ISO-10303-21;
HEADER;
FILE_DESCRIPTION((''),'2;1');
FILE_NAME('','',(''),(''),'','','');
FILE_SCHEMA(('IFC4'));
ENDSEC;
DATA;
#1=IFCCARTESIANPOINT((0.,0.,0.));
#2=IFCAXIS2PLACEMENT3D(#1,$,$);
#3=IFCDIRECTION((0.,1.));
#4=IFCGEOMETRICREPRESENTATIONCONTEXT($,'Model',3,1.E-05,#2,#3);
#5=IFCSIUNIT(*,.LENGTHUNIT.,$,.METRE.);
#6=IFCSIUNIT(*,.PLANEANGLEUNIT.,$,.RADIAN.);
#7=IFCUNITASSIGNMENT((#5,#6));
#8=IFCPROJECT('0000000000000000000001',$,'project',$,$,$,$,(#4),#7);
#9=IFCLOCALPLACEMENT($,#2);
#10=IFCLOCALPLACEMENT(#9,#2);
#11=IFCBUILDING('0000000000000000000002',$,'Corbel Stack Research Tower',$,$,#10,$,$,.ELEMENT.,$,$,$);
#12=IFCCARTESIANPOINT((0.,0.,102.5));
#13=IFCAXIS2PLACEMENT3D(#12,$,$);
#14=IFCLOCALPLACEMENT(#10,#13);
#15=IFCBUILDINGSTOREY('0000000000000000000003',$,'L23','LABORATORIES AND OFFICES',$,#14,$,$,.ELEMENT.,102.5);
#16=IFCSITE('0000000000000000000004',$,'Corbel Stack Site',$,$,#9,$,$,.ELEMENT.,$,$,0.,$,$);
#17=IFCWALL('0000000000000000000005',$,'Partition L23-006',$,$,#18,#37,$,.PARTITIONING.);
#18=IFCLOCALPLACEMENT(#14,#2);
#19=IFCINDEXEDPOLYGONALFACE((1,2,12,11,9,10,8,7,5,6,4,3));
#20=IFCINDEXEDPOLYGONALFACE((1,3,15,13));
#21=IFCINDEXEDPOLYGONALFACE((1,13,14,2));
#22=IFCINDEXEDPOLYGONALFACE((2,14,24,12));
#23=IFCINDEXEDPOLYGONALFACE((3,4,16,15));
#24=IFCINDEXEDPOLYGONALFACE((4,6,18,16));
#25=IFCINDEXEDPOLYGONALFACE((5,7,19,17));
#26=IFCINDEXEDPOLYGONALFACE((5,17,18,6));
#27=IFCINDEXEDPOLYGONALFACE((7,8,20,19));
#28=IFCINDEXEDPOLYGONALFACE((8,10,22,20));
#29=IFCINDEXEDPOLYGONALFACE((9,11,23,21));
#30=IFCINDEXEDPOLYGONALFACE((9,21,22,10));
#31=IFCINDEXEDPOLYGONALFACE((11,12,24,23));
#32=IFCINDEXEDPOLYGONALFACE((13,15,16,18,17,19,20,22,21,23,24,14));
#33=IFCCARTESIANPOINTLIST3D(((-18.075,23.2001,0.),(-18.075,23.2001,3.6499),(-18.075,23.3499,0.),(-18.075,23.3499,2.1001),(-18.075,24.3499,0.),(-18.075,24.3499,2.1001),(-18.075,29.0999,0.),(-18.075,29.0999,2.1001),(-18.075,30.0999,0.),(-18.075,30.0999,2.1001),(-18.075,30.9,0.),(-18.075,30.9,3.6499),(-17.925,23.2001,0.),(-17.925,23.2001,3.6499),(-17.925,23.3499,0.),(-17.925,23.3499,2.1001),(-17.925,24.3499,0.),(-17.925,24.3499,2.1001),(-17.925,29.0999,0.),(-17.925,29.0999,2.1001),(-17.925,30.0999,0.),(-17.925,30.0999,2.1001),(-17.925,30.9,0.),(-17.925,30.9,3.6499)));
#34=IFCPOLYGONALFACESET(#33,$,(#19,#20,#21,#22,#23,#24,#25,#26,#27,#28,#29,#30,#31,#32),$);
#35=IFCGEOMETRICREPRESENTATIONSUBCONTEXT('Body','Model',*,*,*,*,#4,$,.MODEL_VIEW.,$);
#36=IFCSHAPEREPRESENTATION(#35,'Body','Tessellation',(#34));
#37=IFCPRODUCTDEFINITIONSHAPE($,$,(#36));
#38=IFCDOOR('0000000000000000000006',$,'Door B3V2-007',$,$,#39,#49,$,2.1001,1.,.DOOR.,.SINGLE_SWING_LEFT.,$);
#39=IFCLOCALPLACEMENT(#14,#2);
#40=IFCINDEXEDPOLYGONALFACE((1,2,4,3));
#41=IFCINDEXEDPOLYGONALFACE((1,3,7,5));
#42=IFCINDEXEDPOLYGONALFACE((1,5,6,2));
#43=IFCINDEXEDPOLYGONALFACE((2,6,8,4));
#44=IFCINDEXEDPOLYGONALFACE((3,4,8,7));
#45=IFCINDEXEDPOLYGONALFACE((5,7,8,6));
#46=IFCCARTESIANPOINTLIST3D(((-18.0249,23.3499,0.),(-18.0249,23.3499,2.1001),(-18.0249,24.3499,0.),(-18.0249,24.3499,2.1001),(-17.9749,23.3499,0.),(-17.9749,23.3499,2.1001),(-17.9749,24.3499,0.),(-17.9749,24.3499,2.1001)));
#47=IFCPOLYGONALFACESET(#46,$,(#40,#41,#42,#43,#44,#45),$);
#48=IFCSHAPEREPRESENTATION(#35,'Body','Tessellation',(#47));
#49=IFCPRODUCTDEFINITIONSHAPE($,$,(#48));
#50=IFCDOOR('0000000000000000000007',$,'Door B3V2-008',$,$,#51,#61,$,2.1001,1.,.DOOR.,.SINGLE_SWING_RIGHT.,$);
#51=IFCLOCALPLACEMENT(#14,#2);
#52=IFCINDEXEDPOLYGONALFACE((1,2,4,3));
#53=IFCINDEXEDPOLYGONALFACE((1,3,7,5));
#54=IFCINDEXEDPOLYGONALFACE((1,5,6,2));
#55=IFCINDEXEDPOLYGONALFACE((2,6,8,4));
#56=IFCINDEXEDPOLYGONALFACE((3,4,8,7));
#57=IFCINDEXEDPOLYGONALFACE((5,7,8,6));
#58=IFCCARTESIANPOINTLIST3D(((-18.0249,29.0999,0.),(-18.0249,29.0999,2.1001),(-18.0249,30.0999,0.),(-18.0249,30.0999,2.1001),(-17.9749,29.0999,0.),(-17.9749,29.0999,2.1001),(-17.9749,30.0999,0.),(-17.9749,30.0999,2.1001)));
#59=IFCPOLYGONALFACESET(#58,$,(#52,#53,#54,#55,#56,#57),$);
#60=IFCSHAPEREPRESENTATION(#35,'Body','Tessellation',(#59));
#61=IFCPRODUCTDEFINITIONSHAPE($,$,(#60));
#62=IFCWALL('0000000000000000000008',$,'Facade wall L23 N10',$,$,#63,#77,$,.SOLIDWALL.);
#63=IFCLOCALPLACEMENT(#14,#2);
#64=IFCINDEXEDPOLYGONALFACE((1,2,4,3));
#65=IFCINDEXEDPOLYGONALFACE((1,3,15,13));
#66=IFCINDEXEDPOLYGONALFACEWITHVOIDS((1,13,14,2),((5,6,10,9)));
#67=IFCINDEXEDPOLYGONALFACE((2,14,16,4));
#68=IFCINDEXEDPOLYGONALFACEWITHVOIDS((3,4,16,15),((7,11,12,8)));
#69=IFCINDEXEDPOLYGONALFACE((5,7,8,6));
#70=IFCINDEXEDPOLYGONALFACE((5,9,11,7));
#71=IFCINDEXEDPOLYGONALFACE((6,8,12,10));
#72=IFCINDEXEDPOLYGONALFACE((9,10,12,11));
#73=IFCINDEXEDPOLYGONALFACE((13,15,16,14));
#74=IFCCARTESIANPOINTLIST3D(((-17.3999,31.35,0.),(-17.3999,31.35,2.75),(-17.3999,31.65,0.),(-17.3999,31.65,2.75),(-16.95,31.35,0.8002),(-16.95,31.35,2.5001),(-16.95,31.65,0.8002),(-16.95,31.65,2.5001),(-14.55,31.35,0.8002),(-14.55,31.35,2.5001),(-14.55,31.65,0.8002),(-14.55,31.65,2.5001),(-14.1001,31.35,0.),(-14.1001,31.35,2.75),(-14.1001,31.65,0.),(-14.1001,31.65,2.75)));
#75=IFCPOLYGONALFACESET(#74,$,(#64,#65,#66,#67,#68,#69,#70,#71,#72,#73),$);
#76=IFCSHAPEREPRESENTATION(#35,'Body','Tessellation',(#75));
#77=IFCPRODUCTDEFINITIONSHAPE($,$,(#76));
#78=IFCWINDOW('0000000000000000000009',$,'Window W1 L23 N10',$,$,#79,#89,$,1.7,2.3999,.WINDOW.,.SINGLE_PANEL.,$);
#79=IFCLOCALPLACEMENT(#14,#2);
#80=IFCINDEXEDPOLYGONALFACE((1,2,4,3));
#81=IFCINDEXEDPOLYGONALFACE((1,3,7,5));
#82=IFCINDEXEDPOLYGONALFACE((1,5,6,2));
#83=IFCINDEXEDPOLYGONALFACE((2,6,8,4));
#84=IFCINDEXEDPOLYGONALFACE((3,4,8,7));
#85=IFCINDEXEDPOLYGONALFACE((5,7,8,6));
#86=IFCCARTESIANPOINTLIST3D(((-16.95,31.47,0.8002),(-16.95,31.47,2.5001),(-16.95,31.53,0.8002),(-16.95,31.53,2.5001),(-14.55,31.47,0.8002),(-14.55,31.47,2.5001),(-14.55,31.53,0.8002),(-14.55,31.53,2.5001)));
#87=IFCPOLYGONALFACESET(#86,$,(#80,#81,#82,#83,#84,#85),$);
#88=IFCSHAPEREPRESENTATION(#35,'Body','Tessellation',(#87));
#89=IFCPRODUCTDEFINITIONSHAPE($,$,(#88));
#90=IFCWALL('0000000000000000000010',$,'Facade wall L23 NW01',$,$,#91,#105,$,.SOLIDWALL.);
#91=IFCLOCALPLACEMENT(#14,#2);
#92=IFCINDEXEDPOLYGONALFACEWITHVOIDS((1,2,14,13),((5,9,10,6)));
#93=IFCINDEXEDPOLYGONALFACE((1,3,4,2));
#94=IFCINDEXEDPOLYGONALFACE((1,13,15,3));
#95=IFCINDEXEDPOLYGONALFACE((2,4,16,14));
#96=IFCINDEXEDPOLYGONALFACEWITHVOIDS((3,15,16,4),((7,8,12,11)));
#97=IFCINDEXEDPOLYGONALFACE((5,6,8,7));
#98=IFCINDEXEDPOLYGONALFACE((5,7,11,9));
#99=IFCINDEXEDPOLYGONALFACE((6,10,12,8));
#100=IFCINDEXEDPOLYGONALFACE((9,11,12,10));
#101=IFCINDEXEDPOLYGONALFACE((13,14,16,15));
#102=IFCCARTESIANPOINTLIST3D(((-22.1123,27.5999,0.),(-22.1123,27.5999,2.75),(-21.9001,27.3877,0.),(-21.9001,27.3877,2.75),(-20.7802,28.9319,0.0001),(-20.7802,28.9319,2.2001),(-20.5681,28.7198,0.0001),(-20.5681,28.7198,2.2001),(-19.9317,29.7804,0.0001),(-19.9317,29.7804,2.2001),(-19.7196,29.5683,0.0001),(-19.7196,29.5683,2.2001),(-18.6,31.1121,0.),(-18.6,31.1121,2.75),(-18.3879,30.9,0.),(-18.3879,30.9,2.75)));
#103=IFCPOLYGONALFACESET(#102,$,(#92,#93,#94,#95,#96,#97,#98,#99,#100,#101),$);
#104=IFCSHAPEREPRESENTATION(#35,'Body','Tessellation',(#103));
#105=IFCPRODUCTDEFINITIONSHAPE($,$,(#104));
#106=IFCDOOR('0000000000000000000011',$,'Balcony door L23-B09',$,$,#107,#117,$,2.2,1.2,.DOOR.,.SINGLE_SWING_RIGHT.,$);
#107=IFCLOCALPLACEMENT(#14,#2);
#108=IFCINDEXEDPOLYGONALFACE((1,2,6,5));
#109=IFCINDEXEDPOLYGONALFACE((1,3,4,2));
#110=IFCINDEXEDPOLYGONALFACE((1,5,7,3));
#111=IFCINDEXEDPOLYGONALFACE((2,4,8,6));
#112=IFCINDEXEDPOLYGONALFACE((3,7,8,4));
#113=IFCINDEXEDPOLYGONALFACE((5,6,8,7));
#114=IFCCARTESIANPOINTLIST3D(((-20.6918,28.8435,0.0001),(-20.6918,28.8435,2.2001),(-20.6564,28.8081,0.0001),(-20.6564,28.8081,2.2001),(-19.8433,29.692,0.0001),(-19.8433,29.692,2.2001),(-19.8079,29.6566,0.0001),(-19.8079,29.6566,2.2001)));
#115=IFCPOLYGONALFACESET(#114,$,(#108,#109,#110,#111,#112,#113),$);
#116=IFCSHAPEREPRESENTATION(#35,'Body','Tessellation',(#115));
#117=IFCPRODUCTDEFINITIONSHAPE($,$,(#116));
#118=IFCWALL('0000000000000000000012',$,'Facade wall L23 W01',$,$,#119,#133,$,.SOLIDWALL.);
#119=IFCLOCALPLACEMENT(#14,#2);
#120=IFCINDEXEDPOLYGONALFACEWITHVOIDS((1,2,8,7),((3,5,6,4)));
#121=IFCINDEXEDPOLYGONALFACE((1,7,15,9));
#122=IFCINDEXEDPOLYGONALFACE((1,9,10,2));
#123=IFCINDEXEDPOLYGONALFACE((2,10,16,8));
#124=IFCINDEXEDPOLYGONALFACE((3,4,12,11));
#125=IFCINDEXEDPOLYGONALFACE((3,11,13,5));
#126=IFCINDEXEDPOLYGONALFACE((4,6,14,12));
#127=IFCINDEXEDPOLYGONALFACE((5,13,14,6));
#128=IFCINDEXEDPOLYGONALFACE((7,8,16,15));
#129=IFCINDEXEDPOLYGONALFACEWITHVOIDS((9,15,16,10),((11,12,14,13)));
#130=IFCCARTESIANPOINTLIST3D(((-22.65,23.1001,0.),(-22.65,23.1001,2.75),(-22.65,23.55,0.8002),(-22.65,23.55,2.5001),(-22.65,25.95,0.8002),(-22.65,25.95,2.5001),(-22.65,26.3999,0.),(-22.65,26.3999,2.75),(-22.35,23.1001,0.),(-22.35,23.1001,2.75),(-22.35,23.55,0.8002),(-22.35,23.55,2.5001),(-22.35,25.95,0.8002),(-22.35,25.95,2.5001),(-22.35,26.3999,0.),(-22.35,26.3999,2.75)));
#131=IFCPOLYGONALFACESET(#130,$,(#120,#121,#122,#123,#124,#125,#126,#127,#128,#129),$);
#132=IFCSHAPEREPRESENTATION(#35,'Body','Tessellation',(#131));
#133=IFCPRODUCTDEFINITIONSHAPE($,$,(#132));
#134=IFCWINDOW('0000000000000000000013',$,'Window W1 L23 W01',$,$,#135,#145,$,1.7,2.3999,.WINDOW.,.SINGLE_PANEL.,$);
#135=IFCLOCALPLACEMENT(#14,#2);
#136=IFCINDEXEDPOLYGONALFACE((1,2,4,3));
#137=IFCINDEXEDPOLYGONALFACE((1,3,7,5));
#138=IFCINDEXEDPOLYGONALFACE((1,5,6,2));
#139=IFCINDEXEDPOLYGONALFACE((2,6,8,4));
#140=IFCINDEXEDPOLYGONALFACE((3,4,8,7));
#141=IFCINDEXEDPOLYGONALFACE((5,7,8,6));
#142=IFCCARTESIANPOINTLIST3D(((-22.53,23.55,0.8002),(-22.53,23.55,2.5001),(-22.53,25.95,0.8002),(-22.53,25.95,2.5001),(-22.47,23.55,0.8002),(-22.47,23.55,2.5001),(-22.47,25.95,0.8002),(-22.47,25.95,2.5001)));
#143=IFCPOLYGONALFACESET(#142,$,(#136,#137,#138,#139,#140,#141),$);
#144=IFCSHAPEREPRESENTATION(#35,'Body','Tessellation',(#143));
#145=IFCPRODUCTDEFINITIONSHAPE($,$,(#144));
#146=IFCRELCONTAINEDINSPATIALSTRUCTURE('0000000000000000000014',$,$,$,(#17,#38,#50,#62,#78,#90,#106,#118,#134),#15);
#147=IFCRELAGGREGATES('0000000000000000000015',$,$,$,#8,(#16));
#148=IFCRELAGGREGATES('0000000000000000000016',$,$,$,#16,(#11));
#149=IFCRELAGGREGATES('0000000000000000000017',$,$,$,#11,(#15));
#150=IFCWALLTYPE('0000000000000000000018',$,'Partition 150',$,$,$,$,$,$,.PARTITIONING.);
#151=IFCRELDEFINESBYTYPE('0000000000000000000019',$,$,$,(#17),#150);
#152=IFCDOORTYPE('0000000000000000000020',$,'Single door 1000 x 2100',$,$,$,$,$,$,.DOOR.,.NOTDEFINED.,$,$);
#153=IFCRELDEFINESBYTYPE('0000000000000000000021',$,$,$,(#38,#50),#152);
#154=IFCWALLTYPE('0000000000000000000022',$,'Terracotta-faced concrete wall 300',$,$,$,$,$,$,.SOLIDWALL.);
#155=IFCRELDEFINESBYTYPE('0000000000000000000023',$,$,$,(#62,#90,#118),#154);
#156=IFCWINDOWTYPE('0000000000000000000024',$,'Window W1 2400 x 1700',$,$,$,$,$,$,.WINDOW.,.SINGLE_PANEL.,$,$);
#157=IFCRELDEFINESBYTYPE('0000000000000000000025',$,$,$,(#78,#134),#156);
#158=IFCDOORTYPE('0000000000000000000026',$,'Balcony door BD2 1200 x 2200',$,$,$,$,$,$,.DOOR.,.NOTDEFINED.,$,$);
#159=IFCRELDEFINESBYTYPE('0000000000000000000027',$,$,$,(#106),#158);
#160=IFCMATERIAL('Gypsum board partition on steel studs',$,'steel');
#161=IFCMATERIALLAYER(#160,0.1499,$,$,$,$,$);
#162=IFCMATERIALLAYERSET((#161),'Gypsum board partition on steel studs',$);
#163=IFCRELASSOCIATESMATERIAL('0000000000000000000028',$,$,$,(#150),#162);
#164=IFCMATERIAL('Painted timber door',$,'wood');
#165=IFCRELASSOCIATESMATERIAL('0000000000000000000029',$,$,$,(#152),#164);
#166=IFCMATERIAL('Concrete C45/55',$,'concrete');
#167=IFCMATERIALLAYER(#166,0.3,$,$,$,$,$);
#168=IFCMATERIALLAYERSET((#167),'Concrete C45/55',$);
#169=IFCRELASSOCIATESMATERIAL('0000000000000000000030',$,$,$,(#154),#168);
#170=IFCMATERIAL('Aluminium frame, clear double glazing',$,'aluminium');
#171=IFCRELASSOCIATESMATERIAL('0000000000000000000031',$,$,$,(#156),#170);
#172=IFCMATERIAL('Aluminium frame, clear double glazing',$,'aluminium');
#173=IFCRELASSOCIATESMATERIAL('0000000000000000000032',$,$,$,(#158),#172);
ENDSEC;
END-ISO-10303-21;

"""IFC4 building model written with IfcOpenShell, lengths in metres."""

from ifc_helpers import new_model, si_unit, direction, frame, frame_2d, origin, place, context, subcontext, project, spatial, rectangle, extrude, material, layer, layer_set, type_object, element, fill, save


model = new_model("IFC4")

# Units and contexts
model_context = context("Model", 3, precision=1e-05, world=origin(), true_north=direction((0.0, 1.0)))
body_context = subcontext(model_context, "Body", "Model", "MODEL_VIEW")
ifc_project = project(units=[si_unit("LENGTHUNIT", "METRE"), si_unit("PLANEANGLEUNIT", "RADIAN")], contexts=[model_context])

# Site, building, storey
site_placement = place(None, origin())
site = spatial("IfcSite", under=ifc_project, at=site_placement, Name="Corbel Stack Site", CompositionType="ELEMENT", RefElevation=0.0)
building_placement = place(site_placement, origin())
building = spatial("IfcBuilding", under=site, at=building_placement, Name="Corbel Stack Research Tower", CompositionType="ELEMENT")
storey_placement = place(building_placement, frame((0.0, 0.0, 102.5)))
storey = spatial("IfcBuildingStorey", under=building, at=storey_placement, Name="L23", Description="LABORATORIES AND OFFICES", CompositionType="ELEMENT", Elevation=102.5)

# Shared definitions
ifc_material_1 = material(Name="Gypsum board partition on steel studs", Category="steel")
ifc_layer_1 = layer(ifc_material_1, 0.1499)
ifc_layer_set_1 = layer_set([ifc_layer_1], Name="Gypsum board partition on steel studs")
wall_type_1 = type_object("IfcWallType", Name="Partition 150", PredefinedType="PARTITIONING", material=ifc_layer_set_1)

# Wall, openings, doors
wall_1_placement = place(storey_placement, frame((-18.0, 23.2, 0.0), z_axis=(0.0, 0.0, 1.0), x_axis=(0.0, 1.0, 0.0)))
wall_1 = element("IfcWall", 1, at=wall_1_placement, inside=storey, type_object=wall_type_1, Name="Partition L23-006", PredefinedType="PARTITIONING", context=body_context, shape_type="SweptSolid", body=[
    extrude(rectangle(XDim=7.7, YDim=0.1499, at=frame_2d((3.8501, 0.0))), origin(), (0.0, 0.0, 1.0), 3.6499),
])
opening_1_placement = place(wall_1_placement, frame((0.1499, 0.0, 0.0)))
opening_1 = element("IfcOpeningElement", 2, at=opening_1_placement, cuts=wall_1, PredefinedType="OPENING", context=body_context, shape_type="SweptSolid", body=[
    extrude(rectangle(XDim=1.0, YDim=2.1001, at=frame_2d((0.5, 1.05))), frame((0.0, 0.085, 0.0), z_axis=(0.0, -1.0, 0.0), x_axis=(1.0, 0.0, 0.0)), (0.0, 0.0, 1.0), 0.1699),
])
opening_2_placement = place(wall_1_placement, frame((5.8999, 0.0, 0.0)))
opening_2 = element("IfcOpeningElement", 3, at=opening_2_placement, cuts=wall_1, PredefinedType="OPENING", context=body_context, shape_type="SweptSolid", body=[
    extrude(rectangle(XDim=1.0, YDim=2.1001, at=frame_2d((0.5, 1.05))), frame((0.0, 0.085, 0.0), z_axis=(0.0, -1.0, 0.0), x_axis=(1.0, 0.0, 0.0)), (0.0, 0.0, 1.0), 0.1699),
])
ifc_material_2 = material(Name="Painted timber door", Category="wood")
door_type_1 = type_object("IfcDoorType", Name="Single door 1000 x 2100", OperationType="NOTDEFINED", PredefinedType="DOOR", material=ifc_material_2)
door_1_placement = place(opening_1_placement, origin())
door_1 = element("IfcDoor", 4, at=door_1_placement, inside=storey, type_object=door_type_1, Name="Door B3V2-007", OperationType="SINGLE_SWING_LEFT", OverallHeight=2.1001, OverallWidth=1.0, PredefinedType="DOOR", context=body_context, shape_type="SweptSolid", body=[
    extrude(rectangle(XDim=1.0, YDim=2.1001, at=frame_2d((0.5, 1.05))), frame((0.0, 0.0249, 0.0), z_axis=(0.0, -1.0, 0.0), x_axis=(1.0, 0.0, 0.0)), (0.0, 0.0, 1.0), 0.05),
])
fill(opening_1, door_1)
door_2_placement = place(opening_2_placement, origin())
door_2 = element("IfcDoor", 5, at=door_2_placement, inside=storey, type_object=door_type_1, Name="Door B3V2-008", OperationType="SINGLE_SWING_RIGHT", OverallHeight=2.1001, OverallWidth=1.0, PredefinedType="DOOR", context=body_context, shape_type="SweptSolid", body=[
    extrude(rectangle(XDim=1.0, YDim=2.1001, at=frame_2d((0.5, 1.05))), frame((0.0, 0.0249, 0.0), z_axis=(0.0, -1.0, 0.0), x_axis=(1.0, 0.0, 0.0)), (0.0, 0.0, 1.0), 0.05),
])
fill(opening_2, door_2)

# Wall, opening, window
ifc_material_3 = material(Name="Concrete C45/55", Category="concrete")
ifc_layer_2 = layer(ifc_material_3, 0.3)
ifc_layer_set_2 = layer_set([ifc_layer_2], Name="Concrete C45/55")
wall_type_2 = type_object("IfcWallType", Name="Terracotta-faced concrete wall 300", PredefinedType="SOLIDWALL", material=ifc_layer_set_2)
wall_2_placement = place(storey_placement, frame((-17.3999, 31.5, 0.0), z_axis=(0.0, 0.0, 1.0), x_axis=(1.0, 0.0, 0.0)))
wall_2 = element("IfcWall", 6, at=wall_2_placement, inside=storey, type_object=wall_type_2, Name="Facade wall L23 N10", PredefinedType="SOLIDWALL", context=body_context, shape_type="SweptSolid", body=[
    extrude(rectangle(XDim=3.2998, YDim=0.3, at=frame_2d((1.6499, 0.0))), origin(), (0.0, 0.0, 1.0), 2.75),
])
opening_3_placement = place(wall_2_placement, frame((0.45, 0.0, 0.8)))
opening_3 = element("IfcOpeningElement", 7, at=opening_3_placement, cuts=wall_2, PredefinedType="OPENING", context=body_context, shape_type="SweptSolid", body=[
    extrude(rectangle(XDim=2.3999, YDim=1.7, at=frame_2d((1.2, 0.8501))), frame((0.0, 0.1599, 0.0), z_axis=(0.0, -1.0, 0.0), x_axis=(1.0, 0.0, 0.0)), (0.0, 0.0, 1.0), 0.3201),
])
ifc_material_4 = material(Name="Aluminium frame, clear double glazing", Category="aluminium")
window_type = type_object("IfcWindowType", Name="Window W1 2400 x 1700", PartitioningType="SINGLE_PANEL", PredefinedType="WINDOW", material=ifc_material_4)
window_1_placement = place(opening_3_placement, origin())
window_1 = element("IfcWindow", 8, at=window_1_placement, inside=storey, type_object=window_type, Name="Window W1 L23 N10", OverallHeight=1.7, OverallWidth=2.3999, PartitioningType="SINGLE_PANEL", PredefinedType="WINDOW", context=body_context, shape_type="SweptSolid", body=[
    extrude(rectangle(XDim=2.3999, YDim=1.7, at=frame_2d((1.2, 0.8501))), frame((0.0, 0.03, 0.0), z_axis=(0.0, -1.0, 0.0), x_axis=(1.0, 0.0, 0.0)), (0.0, 0.0, 1.0), 0.0601),
])
fill(opening_3, window_1)

# Wall, opening, door
wall_3_placement = place(storey_placement, frame((-22.0061, 27.4939, 0.0), z_axis=(0.0, 0.0, 1.0), x_axis=(0.707107, 0.707107, 0.0)))
wall_3 = element("IfcWall", 9, at=wall_3_placement, inside=storey, type_object=wall_type_2, Name="Facade wall L23 NW01", PredefinedType="SOLIDWALL", context=body_context, shape_type="SweptSolid", body=[
    extrude(rectangle(XDim=4.967, YDim=0.3, at=frame_2d((2.4834, 0.0))), origin(), (0.0, 0.0, 1.0), 2.75),
])
opening_4_placement = place(wall_3_placement, frame((1.8835, 0.0, 0.0)))
opening_4 = element("IfcOpeningElement", 10, at=opening_4_placement, cuts=wall_3, PredefinedType="OPENING", context=body_context, shape_type="SweptSolid", body=[
    extrude(rectangle(XDim=1.2, YDim=2.2, at=frame_2d((0.6001, 1.1001))), frame((0.0, 0.1599, 0.0), z_axis=(0.0, -1.0, 0.0), x_axis=(1.0, 0.0, 0.0)), (0.0, 0.0, 1.0), 0.3201),
])
ifc_material_5 = material(Name="Aluminium frame, clear double glazing", Category="aluminium")
door_type_2 = type_object("IfcDoorType", Name="Balcony door BD2 1200 x 2200", OperationType="NOTDEFINED", PredefinedType="DOOR", material=ifc_material_5)
door_3_placement = place(opening_4_placement, origin())
door_3 = element("IfcDoor", 11, at=door_3_placement, inside=storey, type_object=door_type_2, Name="Balcony door L23-B09", OperationType="SINGLE_SWING_RIGHT", OverallHeight=2.2, OverallWidth=1.2, PredefinedType="DOOR", context=body_context, shape_type="SweptSolid", body=[
    extrude(rectangle(XDim=1.2, YDim=2.2, at=frame_2d((0.6001, 1.1001))), frame((0.0, 0.0249, 0.0), z_axis=(0.0, -1.0, 0.0), x_axis=(1.0, 0.0, 0.0)), (0.0, 0.0, 1.0), 0.05),
])
fill(opening_4, door_3)

# Wall, opening, window
wall_4_placement = place(storey_placement, frame((-22.5, 23.1001, 0.0), z_axis=(0.0, 0.0, 1.0), x_axis=(0.0, 1.0, 0.0)))
wall_4 = element("IfcWall", 12, at=wall_4_placement, inside=storey, type_object=wall_type_2, Name="Facade wall L23 W01", PredefinedType="SOLIDWALL", context=body_context, shape_type="SweptSolid", body=[
    extrude(rectangle(XDim=3.2998, YDim=0.3, at=frame_2d((1.6499, 0.0))), origin(), (0.0, 0.0, 1.0), 2.75),
])
opening_5_placement = place(wall_4_placement, frame((0.45, 0.0, 0.8)))
opening_5 = element("IfcOpeningElement", 13, at=opening_5_placement, cuts=wall_4, PredefinedType="OPENING", context=body_context, shape_type="SweptSolid", body=[
    extrude(rectangle(XDim=2.3999, YDim=1.7, at=frame_2d((1.2, 0.8501))), frame((0.0, 0.1599, 0.0), z_axis=(0.0, -1.0, 0.0), x_axis=(1.0, 0.0, 0.0)), (0.0, 0.0, 1.0), 0.3201),
])
window_2_placement = place(opening_5_placement, origin())
window_2 = element("IfcWindow", 14, at=window_2_placement, inside=storey, type_object=window_type, Name="Window W1 L23 W01", OverallHeight=1.7, OverallWidth=2.3999, PartitioningType="SINGLE_PANEL", PredefinedType="WINDOW", context=body_context, shape_type="SweptSolid", body=[
    extrude(rectangle(XDim=2.3999, YDim=1.7, at=frame_2d((1.2, 0.8501))), frame((0.0, 0.03, 0.0), z_axis=(0.0, -1.0, 0.0), x_axis=(1.0, 0.0, 0.0)), (0.0, 0.0, 1.0), 0.0601),
])
fill(opening_5, window_2)

save(model, "model.ifc")
